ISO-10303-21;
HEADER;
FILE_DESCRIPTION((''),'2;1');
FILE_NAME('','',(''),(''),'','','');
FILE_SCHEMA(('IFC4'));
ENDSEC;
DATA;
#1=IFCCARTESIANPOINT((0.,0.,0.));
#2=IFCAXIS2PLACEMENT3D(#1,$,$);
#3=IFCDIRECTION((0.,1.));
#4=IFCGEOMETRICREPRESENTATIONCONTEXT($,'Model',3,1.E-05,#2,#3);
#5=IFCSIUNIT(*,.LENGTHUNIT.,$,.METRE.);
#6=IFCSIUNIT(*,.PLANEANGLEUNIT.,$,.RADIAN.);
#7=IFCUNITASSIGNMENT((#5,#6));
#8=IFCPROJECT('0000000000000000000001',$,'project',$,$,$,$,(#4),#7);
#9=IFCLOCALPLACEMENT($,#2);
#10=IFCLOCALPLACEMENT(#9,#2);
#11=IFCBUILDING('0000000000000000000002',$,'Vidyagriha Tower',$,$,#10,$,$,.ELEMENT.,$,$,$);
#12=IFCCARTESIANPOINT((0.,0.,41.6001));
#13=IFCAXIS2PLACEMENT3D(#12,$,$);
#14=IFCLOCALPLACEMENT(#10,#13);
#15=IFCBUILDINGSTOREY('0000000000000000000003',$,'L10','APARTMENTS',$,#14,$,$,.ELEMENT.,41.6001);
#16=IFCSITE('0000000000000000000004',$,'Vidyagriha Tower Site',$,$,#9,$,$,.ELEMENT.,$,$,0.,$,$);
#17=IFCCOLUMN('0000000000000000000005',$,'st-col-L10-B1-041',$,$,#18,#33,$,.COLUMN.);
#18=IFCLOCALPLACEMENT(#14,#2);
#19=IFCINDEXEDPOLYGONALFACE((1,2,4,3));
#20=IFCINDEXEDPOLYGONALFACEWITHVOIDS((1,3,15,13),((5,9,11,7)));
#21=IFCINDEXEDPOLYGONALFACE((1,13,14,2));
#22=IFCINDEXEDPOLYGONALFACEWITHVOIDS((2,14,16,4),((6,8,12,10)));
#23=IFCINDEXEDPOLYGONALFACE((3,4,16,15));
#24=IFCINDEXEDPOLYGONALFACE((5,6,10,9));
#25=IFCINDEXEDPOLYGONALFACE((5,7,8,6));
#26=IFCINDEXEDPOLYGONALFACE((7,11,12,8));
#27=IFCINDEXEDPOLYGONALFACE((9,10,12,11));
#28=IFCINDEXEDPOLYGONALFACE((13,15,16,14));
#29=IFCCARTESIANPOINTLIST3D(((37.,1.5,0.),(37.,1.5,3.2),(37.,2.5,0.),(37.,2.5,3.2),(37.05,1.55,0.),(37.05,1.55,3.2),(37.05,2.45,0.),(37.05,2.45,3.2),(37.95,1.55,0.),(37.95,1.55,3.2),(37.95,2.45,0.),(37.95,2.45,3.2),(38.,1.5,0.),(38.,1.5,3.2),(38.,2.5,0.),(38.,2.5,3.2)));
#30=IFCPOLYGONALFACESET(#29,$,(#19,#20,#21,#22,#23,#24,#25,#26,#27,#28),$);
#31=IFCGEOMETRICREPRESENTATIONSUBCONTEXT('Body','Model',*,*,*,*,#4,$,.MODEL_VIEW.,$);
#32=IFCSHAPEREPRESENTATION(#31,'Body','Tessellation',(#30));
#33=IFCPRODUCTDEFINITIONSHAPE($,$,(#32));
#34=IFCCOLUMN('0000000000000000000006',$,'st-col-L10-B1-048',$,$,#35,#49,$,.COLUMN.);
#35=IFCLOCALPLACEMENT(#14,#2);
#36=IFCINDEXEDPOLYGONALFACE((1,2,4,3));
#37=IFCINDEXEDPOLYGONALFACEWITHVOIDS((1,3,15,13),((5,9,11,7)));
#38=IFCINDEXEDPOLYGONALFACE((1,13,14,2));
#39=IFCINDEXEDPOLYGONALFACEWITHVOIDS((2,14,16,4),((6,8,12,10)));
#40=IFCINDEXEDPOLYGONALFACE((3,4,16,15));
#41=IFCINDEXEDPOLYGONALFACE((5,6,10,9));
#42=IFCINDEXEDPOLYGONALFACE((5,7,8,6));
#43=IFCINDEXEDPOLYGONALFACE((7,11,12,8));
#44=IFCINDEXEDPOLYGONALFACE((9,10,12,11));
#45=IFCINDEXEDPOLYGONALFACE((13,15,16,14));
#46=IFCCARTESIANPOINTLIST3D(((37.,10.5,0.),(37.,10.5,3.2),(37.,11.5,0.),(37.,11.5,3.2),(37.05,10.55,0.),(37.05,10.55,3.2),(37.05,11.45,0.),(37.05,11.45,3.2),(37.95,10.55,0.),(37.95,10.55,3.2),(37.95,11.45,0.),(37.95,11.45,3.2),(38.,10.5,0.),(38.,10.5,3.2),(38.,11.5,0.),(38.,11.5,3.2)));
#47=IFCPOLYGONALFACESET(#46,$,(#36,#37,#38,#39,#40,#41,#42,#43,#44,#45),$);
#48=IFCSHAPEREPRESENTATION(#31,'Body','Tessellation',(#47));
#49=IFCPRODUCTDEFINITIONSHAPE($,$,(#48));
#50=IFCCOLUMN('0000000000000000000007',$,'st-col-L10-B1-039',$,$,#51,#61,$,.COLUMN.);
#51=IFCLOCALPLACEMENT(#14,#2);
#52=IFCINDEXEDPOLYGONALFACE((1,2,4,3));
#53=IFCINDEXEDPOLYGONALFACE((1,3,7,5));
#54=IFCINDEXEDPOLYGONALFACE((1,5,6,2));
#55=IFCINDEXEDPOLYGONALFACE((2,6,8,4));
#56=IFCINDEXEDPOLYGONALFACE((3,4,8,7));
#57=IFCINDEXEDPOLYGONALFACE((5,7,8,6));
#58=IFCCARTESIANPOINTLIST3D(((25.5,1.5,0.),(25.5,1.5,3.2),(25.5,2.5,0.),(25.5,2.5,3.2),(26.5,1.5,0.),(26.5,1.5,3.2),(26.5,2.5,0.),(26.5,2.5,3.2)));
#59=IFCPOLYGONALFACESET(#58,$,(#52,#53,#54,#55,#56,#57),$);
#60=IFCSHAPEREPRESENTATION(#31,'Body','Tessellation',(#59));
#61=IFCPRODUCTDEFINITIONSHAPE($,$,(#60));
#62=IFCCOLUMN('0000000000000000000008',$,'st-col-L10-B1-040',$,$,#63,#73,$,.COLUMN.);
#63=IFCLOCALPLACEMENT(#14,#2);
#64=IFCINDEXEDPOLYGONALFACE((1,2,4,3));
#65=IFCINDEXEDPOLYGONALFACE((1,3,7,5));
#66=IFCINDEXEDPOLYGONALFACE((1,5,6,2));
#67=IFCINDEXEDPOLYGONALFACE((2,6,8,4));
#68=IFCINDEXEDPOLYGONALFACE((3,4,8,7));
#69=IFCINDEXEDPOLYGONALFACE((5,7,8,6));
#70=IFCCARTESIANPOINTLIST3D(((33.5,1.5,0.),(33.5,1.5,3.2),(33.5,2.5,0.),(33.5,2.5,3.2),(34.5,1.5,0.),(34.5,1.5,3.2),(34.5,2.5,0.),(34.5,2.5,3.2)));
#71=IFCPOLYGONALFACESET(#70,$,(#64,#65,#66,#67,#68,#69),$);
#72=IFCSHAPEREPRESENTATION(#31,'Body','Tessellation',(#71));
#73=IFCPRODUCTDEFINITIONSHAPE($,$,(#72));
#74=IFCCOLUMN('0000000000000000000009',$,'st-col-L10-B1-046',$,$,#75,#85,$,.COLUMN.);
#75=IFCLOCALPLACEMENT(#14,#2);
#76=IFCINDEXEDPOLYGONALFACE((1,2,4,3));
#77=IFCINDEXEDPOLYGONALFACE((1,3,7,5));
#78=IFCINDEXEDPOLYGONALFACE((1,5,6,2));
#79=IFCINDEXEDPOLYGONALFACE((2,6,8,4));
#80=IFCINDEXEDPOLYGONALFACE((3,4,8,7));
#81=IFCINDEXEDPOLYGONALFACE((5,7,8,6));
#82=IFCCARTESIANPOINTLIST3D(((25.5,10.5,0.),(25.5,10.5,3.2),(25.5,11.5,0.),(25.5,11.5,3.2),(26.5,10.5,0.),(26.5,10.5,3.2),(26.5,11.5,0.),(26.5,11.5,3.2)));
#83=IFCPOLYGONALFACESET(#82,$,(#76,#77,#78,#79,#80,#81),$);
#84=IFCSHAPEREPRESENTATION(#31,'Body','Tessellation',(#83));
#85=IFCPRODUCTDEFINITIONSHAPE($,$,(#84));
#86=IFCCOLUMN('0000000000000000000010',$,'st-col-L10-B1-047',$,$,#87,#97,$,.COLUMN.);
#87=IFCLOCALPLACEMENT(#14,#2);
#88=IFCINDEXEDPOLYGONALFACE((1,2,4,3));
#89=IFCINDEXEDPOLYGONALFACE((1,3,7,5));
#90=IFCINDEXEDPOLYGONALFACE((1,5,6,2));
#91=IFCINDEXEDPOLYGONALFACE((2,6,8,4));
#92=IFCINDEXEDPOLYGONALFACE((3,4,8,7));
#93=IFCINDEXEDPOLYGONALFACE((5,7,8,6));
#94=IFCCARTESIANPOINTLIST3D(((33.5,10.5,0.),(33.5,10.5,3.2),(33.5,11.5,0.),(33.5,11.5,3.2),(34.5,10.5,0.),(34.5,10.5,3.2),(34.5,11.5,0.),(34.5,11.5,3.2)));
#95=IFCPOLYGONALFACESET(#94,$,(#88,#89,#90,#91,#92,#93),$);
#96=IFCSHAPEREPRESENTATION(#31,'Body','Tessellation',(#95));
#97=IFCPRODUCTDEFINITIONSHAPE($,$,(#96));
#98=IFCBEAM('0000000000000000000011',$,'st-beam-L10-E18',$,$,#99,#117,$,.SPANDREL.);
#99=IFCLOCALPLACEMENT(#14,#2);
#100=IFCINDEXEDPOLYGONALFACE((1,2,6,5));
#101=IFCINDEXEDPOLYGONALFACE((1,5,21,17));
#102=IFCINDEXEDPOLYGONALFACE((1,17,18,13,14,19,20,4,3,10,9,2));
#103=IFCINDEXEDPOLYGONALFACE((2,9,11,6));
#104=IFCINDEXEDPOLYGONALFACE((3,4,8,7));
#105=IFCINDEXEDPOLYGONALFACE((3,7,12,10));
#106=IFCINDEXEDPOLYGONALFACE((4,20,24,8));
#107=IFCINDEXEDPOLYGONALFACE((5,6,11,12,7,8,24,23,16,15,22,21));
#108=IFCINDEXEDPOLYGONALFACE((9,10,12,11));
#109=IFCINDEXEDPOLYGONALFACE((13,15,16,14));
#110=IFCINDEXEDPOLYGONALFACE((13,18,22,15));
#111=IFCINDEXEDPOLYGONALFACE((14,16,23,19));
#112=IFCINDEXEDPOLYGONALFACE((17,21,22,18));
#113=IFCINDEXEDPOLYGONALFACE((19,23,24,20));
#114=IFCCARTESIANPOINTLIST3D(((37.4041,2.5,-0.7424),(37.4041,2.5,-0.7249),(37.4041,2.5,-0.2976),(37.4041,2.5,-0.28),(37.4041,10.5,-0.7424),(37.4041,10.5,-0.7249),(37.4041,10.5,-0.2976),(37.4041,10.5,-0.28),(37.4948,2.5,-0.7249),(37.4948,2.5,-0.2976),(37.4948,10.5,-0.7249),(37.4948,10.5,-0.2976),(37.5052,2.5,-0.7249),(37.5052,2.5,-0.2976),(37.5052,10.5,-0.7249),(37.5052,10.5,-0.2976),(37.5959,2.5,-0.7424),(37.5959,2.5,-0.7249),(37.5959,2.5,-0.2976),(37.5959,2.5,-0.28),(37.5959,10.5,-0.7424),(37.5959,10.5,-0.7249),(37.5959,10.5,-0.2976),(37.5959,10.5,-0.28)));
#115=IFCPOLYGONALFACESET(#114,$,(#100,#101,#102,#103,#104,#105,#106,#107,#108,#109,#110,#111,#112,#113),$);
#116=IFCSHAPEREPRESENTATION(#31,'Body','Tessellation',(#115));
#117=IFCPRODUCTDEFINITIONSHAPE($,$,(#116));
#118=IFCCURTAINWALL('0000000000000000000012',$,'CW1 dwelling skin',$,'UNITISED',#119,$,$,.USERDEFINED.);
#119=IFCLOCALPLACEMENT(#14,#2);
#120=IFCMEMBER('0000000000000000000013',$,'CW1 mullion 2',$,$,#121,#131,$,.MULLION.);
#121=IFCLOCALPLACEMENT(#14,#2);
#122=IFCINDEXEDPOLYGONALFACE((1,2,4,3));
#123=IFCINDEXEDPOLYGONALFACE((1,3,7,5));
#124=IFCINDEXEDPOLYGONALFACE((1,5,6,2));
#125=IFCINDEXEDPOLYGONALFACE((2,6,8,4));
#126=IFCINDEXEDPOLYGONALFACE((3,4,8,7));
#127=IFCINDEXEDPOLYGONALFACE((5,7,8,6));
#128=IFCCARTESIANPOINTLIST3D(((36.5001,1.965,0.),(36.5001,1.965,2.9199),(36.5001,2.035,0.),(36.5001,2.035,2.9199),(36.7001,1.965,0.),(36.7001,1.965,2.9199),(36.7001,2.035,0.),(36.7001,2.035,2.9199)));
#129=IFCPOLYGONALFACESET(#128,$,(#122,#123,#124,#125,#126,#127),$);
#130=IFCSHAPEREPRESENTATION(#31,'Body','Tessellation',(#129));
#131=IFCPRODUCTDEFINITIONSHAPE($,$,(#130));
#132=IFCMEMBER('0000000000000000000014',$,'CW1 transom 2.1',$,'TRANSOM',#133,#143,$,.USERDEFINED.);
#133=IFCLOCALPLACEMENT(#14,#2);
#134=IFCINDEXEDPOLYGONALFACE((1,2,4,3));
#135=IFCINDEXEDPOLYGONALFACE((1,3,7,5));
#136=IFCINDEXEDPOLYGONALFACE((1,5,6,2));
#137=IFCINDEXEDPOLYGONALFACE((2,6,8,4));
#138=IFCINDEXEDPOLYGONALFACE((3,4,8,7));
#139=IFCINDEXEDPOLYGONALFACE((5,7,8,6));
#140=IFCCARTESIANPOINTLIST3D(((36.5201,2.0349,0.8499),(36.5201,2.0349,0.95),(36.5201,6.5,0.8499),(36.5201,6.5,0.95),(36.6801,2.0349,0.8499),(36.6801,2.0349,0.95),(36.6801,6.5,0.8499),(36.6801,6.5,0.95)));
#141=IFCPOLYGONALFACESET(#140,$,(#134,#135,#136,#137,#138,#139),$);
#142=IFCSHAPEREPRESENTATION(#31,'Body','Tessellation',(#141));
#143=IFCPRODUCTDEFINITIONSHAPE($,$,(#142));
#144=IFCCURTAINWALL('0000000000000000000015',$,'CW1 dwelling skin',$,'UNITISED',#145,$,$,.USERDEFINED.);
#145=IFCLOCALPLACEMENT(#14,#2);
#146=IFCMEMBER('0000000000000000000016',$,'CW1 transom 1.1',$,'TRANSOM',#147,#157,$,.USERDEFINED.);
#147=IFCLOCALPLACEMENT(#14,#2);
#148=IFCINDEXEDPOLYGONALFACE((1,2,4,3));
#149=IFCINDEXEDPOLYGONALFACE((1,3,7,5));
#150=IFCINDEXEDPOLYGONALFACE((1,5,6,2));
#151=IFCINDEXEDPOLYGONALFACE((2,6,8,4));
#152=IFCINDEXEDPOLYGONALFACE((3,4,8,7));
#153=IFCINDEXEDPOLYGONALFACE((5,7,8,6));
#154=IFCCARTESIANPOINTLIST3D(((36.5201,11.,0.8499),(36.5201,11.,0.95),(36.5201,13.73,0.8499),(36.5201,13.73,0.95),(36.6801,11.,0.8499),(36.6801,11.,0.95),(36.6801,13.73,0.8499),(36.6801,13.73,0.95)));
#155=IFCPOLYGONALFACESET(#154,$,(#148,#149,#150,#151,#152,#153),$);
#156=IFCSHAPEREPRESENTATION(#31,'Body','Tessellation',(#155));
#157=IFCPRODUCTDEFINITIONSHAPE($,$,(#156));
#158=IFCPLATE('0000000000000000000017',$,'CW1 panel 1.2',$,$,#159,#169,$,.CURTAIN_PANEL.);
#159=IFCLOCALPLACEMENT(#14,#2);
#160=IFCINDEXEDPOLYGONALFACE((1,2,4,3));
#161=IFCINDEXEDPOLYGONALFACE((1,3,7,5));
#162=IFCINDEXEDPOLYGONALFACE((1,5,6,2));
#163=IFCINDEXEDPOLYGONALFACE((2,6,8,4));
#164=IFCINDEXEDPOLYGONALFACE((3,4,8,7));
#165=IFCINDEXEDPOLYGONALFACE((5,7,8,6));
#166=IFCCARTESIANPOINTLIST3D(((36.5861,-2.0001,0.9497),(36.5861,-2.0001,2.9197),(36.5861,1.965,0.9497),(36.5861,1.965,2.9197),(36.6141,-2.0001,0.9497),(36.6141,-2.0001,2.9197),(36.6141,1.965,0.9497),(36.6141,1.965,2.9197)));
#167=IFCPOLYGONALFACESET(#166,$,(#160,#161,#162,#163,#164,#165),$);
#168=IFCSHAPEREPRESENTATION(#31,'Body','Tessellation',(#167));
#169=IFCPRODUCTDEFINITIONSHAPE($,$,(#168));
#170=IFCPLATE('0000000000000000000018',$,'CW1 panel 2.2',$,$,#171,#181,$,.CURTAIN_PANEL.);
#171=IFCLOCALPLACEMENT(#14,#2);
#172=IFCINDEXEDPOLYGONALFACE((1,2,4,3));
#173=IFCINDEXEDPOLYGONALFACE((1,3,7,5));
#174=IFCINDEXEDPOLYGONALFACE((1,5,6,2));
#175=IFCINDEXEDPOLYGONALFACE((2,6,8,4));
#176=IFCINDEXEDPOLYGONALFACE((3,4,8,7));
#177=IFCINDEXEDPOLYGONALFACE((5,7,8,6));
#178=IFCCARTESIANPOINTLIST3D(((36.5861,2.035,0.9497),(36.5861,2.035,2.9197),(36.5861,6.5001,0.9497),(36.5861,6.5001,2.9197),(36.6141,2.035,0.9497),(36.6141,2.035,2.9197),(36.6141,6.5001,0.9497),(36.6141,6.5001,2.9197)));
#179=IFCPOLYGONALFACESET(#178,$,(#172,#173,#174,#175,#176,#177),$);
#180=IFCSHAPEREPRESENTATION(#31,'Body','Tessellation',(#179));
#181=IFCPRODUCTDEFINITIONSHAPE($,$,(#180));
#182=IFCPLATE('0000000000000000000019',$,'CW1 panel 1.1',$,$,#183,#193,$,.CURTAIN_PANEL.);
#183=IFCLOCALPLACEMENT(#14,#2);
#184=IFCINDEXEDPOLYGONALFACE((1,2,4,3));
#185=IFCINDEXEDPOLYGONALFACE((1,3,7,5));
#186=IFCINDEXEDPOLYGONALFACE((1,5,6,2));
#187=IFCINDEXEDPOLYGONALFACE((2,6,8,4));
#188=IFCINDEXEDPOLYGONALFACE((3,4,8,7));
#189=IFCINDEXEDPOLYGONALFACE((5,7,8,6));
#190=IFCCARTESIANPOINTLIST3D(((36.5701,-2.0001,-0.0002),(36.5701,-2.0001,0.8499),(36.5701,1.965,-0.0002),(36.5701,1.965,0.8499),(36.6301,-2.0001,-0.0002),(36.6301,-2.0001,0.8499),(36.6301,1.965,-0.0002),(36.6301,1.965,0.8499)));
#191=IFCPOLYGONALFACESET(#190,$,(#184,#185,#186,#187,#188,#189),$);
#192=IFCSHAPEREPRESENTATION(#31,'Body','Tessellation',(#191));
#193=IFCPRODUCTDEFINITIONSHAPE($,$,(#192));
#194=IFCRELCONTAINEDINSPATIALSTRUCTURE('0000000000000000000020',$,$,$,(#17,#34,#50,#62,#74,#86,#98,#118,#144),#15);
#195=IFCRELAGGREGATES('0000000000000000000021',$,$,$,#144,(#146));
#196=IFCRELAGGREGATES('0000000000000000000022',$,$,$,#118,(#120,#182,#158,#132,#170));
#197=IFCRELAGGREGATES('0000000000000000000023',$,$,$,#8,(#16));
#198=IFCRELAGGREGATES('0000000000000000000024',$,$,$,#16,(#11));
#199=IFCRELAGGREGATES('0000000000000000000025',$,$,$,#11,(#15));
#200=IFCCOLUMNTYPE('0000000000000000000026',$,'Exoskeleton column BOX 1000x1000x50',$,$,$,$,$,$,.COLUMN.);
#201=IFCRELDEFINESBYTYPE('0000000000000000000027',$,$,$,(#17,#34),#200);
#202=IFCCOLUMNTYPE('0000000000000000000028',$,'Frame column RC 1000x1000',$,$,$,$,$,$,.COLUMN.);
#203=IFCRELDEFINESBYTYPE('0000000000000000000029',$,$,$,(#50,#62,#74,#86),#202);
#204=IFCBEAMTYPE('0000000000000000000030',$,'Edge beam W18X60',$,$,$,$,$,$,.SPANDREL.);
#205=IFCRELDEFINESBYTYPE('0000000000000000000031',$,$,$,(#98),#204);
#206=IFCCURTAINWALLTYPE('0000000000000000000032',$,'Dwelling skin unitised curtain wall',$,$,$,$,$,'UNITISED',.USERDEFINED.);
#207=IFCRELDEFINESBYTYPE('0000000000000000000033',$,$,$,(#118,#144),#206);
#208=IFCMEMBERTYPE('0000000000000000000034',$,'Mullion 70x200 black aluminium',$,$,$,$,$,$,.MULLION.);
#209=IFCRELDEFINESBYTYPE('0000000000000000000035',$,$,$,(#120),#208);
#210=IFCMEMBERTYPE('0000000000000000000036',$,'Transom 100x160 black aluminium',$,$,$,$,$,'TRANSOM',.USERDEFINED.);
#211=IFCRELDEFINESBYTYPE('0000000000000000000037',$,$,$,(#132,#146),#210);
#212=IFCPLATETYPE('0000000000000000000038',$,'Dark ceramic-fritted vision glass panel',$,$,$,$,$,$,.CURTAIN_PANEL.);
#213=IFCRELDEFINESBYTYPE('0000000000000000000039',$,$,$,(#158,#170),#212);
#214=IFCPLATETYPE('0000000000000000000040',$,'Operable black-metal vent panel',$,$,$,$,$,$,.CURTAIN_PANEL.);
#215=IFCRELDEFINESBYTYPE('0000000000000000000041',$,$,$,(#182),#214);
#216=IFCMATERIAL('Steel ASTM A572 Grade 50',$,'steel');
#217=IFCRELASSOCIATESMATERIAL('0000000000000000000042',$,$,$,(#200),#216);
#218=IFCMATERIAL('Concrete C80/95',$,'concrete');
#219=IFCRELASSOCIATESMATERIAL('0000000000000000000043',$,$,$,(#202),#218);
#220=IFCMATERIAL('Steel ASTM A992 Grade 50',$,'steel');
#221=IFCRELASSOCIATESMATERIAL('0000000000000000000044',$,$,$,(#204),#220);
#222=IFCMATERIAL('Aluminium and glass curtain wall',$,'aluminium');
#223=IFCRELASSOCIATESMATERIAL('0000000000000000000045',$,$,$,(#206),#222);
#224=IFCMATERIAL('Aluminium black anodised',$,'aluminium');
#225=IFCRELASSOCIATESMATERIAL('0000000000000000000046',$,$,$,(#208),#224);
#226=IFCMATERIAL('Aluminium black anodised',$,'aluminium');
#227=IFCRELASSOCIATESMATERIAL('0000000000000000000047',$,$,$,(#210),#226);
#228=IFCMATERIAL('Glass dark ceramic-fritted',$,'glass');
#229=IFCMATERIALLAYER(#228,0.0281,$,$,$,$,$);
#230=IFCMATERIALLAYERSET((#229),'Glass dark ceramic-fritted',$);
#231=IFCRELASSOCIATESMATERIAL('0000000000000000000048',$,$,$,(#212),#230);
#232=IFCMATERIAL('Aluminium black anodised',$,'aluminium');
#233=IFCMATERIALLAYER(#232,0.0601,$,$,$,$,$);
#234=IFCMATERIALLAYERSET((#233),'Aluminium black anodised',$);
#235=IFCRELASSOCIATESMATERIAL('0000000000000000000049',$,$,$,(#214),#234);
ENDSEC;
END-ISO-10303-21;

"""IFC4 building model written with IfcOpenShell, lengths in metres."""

from ifc_helpers import new_model, si_unit, direction, frame, origin, origin_2d, place, context, subcontext, project, spatial, rectangle, hollow_rectangle, i_section, extrude, material, layer, layer_set, material_profile, profile_set, type_object, element, aggregate, save


model = new_model("IFC4")

# Units and contexts
model_context = context("Model", 3, precision=1e-05, world=origin(), true_north=direction((0.0, 1.0)))
body_context = subcontext(model_context, "Body", "Model", "MODEL_VIEW")
ifc_project = project(units=[si_unit("LENGTHUNIT", "METRE"), si_unit("PLANEANGLEUNIT", "RADIAN")], contexts=[model_context])

# Site, building, storey
site_placement = place(None, origin())
site = spatial("IfcSite", under=ifc_project, at=site_placement, Name="Vidyagriha Tower Site", CompositionType="ELEMENT", RefElevation=0.0)
building_placement = place(site_placement, origin())
building = spatial("IfcBuilding", under=site, at=building_placement, Name="Vidyagriha Tower", CompositionType="ELEMENT")
storey_placement = place(building_placement, frame((0.0, 0.0, 41.6001)))
storey = spatial("IfcBuildingStorey", under=building, at=storey_placement, Name="L10", Description="APARTMENTS", CompositionType="ELEMENT", Elevation=41.6001)

# Columns
ifc_material_1 = material(Name="Steel ASTM A572 Grade 50", Category="steel")
ifc_material_profile_1 = material_profile(ifc_material_1, hollow_rectangle(XDim=1.0, YDim=1.0, WallThickness=0.05, at=origin_2d()), Name="BOX 1000x1000x50")
ifc_profile_set_1 = profile_set([ifc_material_profile_1], Name="Steel ASTM A572 Grade 50")
column_type_1 = type_object("IfcColumnType", Name="Exoskeleton column BOX 1000x1000x50", PredefinedType="COLUMN", material=ifc_profile_set_1)
for number, where, name in (
    (1, (37.5, 2.0, 0.0), "st-col-L10-B1-041"),
    (2, (37.5, 11.0, 0.0), "st-col-L10-B1-048"),
):
    element("IfcColumn", number, at=place(storey_placement, frame(where)), inside=storey, type_object=column_type_1, Name=name, PredefinedType="COLUMN", context=body_context, shape_type="SweptSolid", body=[
        extrude(hollow_rectangle(XDim=1.0, YDim=1.0, WallThickness=0.05, at=origin_2d()), origin(), (0.0, 0.0, 1.0), 3.2),
    ])
ifc_material_2 = material(Name="Concrete C80/95", Category="concrete")
ifc_material_profile_2 = material_profile(ifc_material_2, rectangle(XDim=1.0, YDim=1.0, at=origin_2d()), Name="RC 1000x1000")
ifc_profile_set_2 = profile_set([ifc_material_profile_2], Name="Concrete C80/95")
column_type_2 = type_object("IfcColumnType", Name="Frame column RC 1000x1000", PredefinedType="COLUMN", material=ifc_profile_set_2)
for number, where, name in (
    (3, (26.0, 2.0, 0.0), "st-col-L10-B1-039"),
    (4, (34.0, 2.0, 0.0), "st-col-L10-B1-040"),
    (5, (26.0, 11.0, 0.0), "st-col-L10-B1-046"),
    (6, (34.0, 11.0, 0.0), "st-col-L10-B1-047"),
):
    element("IfcColumn", number, at=place(storey_placement, frame(where)), inside=storey, type_object=column_type_2, Name=name, PredefinedType="COLUMN", context=body_context, shape_type="SweptSolid", body=[
        extrude(rectangle(XDim=1.0, YDim=1.0, at=origin_2d()), origin(), (0.0, 0.0, 1.0), 3.2),
    ])

# Beam
ifc_material_3 = material(Name="Steel ASTM A992 Grade 50", Category="steel")
ifc_material_profile_3 = material_profile(ifc_material_3, i_section(OverallWidth=0.1919, OverallDepth=0.4624, WebThickness=0.0105, FlangeThickness=0.0176, at=origin_2d()), Name="W18X60")
ifc_profile_set_3 = profile_set([ifc_material_profile_3], Name="Steel ASTM A992 Grade 50")
beam_type = type_object("IfcBeamType", Name="Edge beam W18X60", PredefinedType="SPANDREL", material=ifc_profile_set_3)
beam_placement = place(storey_placement, frame((37.5, 2.5, -0.5112), z_axis=(0.0, 1.0, 0.0), x_axis=(-1.0, 0.0, 0.0)))
element("IfcBeam", 7, at=beam_placement, inside=storey, type_object=beam_type, Name="st-beam-L10-E18", PredefinedType="SPANDREL", context=body_context, shape_type="SweptSolid", body=[
    extrude(i_section(OverallWidth=0.1919, OverallDepth=0.4624, WebThickness=0.0105, FlangeThickness=0.0176, at=origin_2d()), origin(), (0.0, 0.0, 1.0), 8.0),
])

# Curtain wall, members
ifc_material_4 = material(Name="Aluminium and glass curtain wall", Category="aluminium")
curtain_wall_type = type_object("IfcCurtainWallType", Name="Dwelling skin unitised curtain wall", ElementType="UNITISED", PredefinedType="USERDEFINED", material=ifc_material_4)
curtain_wall_1_placement = place(storey_placement, origin())
curtain_wall_1 = element("IfcCurtainWall", 8, at=curtain_wall_1_placement, inside=storey, type_object=curtain_wall_type, Name="CW1 dwelling skin", ObjectType="UNITISED", PredefinedType="USERDEFINED")
ifc_material_5 = material(Name="Aluminium black anodised", Category="aluminium")
ifc_material_profile_4 = material_profile(ifc_material_5, rectangle(XDim=0.2, YDim=0.0701, at=origin_2d()), Name="Mullion 70x200 black aluminium")
ifc_profile_set_4 = profile_set([ifc_material_profile_4], Name="Aluminium black anodised")
member_type_1 = type_object("IfcMemberType", Name="Mullion 70x200 black aluminium", PredefinedType="MULLION", material=ifc_profile_set_4)
member_1_placement = place(storey_placement, frame((36.6001, 2.0, 0.0), z_axis=(0.0, 0.0, 1.0), x_axis=(-1.0, 0.0, 0.0)))
member_1 = element("IfcMember", 9, at=member_1_placement, type_object=member_type_1, Name="CW1 mullion 2", PredefinedType="MULLION", context=body_context, shape_type="SweptSolid", body=[
    extrude(rectangle(XDim=0.2, YDim=0.0701, at=origin_2d()), origin(), (0.0, 0.0, 1.0), 2.9199),
])
ifc_material_6 = material(Name="Aluminium black anodised", Category="aluminium")
ifc_material_profile_5 = material_profile(ifc_material_6, rectangle(XDim=0.1599, YDim=0.1001, at=origin_2d()), Name="Transom 100x160 black aluminium")
ifc_profile_set_5 = profile_set([ifc_material_profile_5], Name="Aluminium black anodised")
member_type_2 = type_object("IfcMemberType", Name="Transom 100x160 black aluminium", ElementType="TRANSOM", PredefinedType="USERDEFINED", material=ifc_profile_set_5)
member_2_placement = place(storey_placement, frame((36.6001, 2.0349, 0.8999), z_axis=(0.0, 1.0, 0.0), x_axis=(-1.0, 0.0, 0.0)))
member_2 = element("IfcMember", 10, at=member_2_placement, type_object=member_type_2, Name="CW1 transom 2.1", ObjectType="TRANSOM", PredefinedType="USERDEFINED", context=body_context, shape_type="SweptSolid", body=[
    extrude(rectangle(XDim=0.1599, YDim=0.1001, at=origin_2d()), origin(), (0.0, 0.0, 1.0), 4.4651),
])

# Curtain wall, member
curtain_wall_2_placement = place(storey_placement, origin())
curtain_wall_2 = element("IfcCurtainWall", 11, at=curtain_wall_2_placement, inside=storey, type_object=curtain_wall_type, Name="CW1 dwelling skin", ObjectType="UNITISED", PredefinedType="USERDEFINED")
member_3_placement = place(storey_placement, frame((36.6001, 11.0, 0.8999), z_axis=(0.0, 1.0, 0.0), x_axis=(-1.0, 0.0, 0.0)))
member_3 = element("IfcMember", 12, at=member_3_placement, type_object=member_type_2, Name="CW1 transom 1.1", ObjectType="TRANSOM", PredefinedType="USERDEFINED", context=body_context, shape_type="SweptSolid", body=[
    extrude(rectangle(XDim=0.1599, YDim=0.1001, at=origin_2d()), origin(), (0.0, 0.0, 1.0), 2.73),
])
aggregate(curtain_wall_2, [member_3])

# Plates
ifc_material_7 = material(Name="Glass dark ceramic-fritted", Category="glass")
ifc_layer_1 = layer(ifc_material_7, 0.0281)
ifc_layer_set_1 = layer_set([ifc_layer_1], Name="Glass dark ceramic-fritted")
plate_type_1 = type_object("IfcPlateType", Name="Dark ceramic-fritted vision glass panel", PredefinedType="CURTAIN_PANEL", material=ifc_layer_set_1)
plate_1_placement = place(storey_placement, frame((36.6001, -0.0176, 0.9497), z_axis=(0.0, 0.0, 1.0), x_axis=(0.0, 1.0, 0.0)))
plate_1 = element("IfcPlate", 13, at=plate_1_placement, type_object=plate_type_1, Name="CW1 panel 1.2", PredefinedType="CURTAIN_PANEL", context=body_context, shape_type="SweptSolid", body=[
    extrude(rectangle(XDim=3.9651, YDim=0.0281, at=origin_2d()), origin(), (0.0, 0.0, 1.0), 1.97),
])
plate_2_placement = place(storey_placement, frame((36.6001, 4.2676, 0.9497), z_axis=(0.0, 0.0, 1.0), x_axis=(0.0, 1.0, 0.0)))
plate_2 = element("IfcPlate", 14, at=plate_2_placement, type_object=plate_type_1, Name="CW1 panel 2.2", PredefinedType="CURTAIN_PANEL", context=body_context, shape_type="SweptSolid", body=[
    extrude(rectangle(XDim=4.4651, YDim=0.0281, at=origin_2d()), origin(), (0.0, 0.0, 1.0), 1.97),
])
ifc_material_8 = material(Name="Aluminium black anodised", Category="aluminium")
ifc_layer_2 = layer(ifc_material_8, 0.0601)
ifc_layer_set_2 = layer_set([ifc_layer_2], Name="Aluminium black anodised")
plate_type_2 = type_object("IfcPlateType", Name="Operable black-metal vent panel", PredefinedType="CURTAIN_PANEL", material=ifc_layer_set_2)
plate_3_placement = place(storey_placement, frame((36.6001, -0.0176, -0.0002), z_axis=(0.0, 0.0, 1.0), x_axis=(0.0, 1.0, 0.0)))
plate_3 = element("IfcPlate", 15, at=plate_3_placement, type_object=plate_type_2, Name="CW1 panel 1.1", PredefinedType="CURTAIN_PANEL", context=body_context, shape_type="SweptSolid", body=[
    extrude(rectangle(XDim=3.9651, YDim=0.0601, at=origin_2d()), origin(), (0.0, 0.0, 1.0), 0.8501),
])
aggregate(curtain_wall_1, [member_1, plate_3, plate_1, member_2, plate_2])

save(model, "model.ifc")
